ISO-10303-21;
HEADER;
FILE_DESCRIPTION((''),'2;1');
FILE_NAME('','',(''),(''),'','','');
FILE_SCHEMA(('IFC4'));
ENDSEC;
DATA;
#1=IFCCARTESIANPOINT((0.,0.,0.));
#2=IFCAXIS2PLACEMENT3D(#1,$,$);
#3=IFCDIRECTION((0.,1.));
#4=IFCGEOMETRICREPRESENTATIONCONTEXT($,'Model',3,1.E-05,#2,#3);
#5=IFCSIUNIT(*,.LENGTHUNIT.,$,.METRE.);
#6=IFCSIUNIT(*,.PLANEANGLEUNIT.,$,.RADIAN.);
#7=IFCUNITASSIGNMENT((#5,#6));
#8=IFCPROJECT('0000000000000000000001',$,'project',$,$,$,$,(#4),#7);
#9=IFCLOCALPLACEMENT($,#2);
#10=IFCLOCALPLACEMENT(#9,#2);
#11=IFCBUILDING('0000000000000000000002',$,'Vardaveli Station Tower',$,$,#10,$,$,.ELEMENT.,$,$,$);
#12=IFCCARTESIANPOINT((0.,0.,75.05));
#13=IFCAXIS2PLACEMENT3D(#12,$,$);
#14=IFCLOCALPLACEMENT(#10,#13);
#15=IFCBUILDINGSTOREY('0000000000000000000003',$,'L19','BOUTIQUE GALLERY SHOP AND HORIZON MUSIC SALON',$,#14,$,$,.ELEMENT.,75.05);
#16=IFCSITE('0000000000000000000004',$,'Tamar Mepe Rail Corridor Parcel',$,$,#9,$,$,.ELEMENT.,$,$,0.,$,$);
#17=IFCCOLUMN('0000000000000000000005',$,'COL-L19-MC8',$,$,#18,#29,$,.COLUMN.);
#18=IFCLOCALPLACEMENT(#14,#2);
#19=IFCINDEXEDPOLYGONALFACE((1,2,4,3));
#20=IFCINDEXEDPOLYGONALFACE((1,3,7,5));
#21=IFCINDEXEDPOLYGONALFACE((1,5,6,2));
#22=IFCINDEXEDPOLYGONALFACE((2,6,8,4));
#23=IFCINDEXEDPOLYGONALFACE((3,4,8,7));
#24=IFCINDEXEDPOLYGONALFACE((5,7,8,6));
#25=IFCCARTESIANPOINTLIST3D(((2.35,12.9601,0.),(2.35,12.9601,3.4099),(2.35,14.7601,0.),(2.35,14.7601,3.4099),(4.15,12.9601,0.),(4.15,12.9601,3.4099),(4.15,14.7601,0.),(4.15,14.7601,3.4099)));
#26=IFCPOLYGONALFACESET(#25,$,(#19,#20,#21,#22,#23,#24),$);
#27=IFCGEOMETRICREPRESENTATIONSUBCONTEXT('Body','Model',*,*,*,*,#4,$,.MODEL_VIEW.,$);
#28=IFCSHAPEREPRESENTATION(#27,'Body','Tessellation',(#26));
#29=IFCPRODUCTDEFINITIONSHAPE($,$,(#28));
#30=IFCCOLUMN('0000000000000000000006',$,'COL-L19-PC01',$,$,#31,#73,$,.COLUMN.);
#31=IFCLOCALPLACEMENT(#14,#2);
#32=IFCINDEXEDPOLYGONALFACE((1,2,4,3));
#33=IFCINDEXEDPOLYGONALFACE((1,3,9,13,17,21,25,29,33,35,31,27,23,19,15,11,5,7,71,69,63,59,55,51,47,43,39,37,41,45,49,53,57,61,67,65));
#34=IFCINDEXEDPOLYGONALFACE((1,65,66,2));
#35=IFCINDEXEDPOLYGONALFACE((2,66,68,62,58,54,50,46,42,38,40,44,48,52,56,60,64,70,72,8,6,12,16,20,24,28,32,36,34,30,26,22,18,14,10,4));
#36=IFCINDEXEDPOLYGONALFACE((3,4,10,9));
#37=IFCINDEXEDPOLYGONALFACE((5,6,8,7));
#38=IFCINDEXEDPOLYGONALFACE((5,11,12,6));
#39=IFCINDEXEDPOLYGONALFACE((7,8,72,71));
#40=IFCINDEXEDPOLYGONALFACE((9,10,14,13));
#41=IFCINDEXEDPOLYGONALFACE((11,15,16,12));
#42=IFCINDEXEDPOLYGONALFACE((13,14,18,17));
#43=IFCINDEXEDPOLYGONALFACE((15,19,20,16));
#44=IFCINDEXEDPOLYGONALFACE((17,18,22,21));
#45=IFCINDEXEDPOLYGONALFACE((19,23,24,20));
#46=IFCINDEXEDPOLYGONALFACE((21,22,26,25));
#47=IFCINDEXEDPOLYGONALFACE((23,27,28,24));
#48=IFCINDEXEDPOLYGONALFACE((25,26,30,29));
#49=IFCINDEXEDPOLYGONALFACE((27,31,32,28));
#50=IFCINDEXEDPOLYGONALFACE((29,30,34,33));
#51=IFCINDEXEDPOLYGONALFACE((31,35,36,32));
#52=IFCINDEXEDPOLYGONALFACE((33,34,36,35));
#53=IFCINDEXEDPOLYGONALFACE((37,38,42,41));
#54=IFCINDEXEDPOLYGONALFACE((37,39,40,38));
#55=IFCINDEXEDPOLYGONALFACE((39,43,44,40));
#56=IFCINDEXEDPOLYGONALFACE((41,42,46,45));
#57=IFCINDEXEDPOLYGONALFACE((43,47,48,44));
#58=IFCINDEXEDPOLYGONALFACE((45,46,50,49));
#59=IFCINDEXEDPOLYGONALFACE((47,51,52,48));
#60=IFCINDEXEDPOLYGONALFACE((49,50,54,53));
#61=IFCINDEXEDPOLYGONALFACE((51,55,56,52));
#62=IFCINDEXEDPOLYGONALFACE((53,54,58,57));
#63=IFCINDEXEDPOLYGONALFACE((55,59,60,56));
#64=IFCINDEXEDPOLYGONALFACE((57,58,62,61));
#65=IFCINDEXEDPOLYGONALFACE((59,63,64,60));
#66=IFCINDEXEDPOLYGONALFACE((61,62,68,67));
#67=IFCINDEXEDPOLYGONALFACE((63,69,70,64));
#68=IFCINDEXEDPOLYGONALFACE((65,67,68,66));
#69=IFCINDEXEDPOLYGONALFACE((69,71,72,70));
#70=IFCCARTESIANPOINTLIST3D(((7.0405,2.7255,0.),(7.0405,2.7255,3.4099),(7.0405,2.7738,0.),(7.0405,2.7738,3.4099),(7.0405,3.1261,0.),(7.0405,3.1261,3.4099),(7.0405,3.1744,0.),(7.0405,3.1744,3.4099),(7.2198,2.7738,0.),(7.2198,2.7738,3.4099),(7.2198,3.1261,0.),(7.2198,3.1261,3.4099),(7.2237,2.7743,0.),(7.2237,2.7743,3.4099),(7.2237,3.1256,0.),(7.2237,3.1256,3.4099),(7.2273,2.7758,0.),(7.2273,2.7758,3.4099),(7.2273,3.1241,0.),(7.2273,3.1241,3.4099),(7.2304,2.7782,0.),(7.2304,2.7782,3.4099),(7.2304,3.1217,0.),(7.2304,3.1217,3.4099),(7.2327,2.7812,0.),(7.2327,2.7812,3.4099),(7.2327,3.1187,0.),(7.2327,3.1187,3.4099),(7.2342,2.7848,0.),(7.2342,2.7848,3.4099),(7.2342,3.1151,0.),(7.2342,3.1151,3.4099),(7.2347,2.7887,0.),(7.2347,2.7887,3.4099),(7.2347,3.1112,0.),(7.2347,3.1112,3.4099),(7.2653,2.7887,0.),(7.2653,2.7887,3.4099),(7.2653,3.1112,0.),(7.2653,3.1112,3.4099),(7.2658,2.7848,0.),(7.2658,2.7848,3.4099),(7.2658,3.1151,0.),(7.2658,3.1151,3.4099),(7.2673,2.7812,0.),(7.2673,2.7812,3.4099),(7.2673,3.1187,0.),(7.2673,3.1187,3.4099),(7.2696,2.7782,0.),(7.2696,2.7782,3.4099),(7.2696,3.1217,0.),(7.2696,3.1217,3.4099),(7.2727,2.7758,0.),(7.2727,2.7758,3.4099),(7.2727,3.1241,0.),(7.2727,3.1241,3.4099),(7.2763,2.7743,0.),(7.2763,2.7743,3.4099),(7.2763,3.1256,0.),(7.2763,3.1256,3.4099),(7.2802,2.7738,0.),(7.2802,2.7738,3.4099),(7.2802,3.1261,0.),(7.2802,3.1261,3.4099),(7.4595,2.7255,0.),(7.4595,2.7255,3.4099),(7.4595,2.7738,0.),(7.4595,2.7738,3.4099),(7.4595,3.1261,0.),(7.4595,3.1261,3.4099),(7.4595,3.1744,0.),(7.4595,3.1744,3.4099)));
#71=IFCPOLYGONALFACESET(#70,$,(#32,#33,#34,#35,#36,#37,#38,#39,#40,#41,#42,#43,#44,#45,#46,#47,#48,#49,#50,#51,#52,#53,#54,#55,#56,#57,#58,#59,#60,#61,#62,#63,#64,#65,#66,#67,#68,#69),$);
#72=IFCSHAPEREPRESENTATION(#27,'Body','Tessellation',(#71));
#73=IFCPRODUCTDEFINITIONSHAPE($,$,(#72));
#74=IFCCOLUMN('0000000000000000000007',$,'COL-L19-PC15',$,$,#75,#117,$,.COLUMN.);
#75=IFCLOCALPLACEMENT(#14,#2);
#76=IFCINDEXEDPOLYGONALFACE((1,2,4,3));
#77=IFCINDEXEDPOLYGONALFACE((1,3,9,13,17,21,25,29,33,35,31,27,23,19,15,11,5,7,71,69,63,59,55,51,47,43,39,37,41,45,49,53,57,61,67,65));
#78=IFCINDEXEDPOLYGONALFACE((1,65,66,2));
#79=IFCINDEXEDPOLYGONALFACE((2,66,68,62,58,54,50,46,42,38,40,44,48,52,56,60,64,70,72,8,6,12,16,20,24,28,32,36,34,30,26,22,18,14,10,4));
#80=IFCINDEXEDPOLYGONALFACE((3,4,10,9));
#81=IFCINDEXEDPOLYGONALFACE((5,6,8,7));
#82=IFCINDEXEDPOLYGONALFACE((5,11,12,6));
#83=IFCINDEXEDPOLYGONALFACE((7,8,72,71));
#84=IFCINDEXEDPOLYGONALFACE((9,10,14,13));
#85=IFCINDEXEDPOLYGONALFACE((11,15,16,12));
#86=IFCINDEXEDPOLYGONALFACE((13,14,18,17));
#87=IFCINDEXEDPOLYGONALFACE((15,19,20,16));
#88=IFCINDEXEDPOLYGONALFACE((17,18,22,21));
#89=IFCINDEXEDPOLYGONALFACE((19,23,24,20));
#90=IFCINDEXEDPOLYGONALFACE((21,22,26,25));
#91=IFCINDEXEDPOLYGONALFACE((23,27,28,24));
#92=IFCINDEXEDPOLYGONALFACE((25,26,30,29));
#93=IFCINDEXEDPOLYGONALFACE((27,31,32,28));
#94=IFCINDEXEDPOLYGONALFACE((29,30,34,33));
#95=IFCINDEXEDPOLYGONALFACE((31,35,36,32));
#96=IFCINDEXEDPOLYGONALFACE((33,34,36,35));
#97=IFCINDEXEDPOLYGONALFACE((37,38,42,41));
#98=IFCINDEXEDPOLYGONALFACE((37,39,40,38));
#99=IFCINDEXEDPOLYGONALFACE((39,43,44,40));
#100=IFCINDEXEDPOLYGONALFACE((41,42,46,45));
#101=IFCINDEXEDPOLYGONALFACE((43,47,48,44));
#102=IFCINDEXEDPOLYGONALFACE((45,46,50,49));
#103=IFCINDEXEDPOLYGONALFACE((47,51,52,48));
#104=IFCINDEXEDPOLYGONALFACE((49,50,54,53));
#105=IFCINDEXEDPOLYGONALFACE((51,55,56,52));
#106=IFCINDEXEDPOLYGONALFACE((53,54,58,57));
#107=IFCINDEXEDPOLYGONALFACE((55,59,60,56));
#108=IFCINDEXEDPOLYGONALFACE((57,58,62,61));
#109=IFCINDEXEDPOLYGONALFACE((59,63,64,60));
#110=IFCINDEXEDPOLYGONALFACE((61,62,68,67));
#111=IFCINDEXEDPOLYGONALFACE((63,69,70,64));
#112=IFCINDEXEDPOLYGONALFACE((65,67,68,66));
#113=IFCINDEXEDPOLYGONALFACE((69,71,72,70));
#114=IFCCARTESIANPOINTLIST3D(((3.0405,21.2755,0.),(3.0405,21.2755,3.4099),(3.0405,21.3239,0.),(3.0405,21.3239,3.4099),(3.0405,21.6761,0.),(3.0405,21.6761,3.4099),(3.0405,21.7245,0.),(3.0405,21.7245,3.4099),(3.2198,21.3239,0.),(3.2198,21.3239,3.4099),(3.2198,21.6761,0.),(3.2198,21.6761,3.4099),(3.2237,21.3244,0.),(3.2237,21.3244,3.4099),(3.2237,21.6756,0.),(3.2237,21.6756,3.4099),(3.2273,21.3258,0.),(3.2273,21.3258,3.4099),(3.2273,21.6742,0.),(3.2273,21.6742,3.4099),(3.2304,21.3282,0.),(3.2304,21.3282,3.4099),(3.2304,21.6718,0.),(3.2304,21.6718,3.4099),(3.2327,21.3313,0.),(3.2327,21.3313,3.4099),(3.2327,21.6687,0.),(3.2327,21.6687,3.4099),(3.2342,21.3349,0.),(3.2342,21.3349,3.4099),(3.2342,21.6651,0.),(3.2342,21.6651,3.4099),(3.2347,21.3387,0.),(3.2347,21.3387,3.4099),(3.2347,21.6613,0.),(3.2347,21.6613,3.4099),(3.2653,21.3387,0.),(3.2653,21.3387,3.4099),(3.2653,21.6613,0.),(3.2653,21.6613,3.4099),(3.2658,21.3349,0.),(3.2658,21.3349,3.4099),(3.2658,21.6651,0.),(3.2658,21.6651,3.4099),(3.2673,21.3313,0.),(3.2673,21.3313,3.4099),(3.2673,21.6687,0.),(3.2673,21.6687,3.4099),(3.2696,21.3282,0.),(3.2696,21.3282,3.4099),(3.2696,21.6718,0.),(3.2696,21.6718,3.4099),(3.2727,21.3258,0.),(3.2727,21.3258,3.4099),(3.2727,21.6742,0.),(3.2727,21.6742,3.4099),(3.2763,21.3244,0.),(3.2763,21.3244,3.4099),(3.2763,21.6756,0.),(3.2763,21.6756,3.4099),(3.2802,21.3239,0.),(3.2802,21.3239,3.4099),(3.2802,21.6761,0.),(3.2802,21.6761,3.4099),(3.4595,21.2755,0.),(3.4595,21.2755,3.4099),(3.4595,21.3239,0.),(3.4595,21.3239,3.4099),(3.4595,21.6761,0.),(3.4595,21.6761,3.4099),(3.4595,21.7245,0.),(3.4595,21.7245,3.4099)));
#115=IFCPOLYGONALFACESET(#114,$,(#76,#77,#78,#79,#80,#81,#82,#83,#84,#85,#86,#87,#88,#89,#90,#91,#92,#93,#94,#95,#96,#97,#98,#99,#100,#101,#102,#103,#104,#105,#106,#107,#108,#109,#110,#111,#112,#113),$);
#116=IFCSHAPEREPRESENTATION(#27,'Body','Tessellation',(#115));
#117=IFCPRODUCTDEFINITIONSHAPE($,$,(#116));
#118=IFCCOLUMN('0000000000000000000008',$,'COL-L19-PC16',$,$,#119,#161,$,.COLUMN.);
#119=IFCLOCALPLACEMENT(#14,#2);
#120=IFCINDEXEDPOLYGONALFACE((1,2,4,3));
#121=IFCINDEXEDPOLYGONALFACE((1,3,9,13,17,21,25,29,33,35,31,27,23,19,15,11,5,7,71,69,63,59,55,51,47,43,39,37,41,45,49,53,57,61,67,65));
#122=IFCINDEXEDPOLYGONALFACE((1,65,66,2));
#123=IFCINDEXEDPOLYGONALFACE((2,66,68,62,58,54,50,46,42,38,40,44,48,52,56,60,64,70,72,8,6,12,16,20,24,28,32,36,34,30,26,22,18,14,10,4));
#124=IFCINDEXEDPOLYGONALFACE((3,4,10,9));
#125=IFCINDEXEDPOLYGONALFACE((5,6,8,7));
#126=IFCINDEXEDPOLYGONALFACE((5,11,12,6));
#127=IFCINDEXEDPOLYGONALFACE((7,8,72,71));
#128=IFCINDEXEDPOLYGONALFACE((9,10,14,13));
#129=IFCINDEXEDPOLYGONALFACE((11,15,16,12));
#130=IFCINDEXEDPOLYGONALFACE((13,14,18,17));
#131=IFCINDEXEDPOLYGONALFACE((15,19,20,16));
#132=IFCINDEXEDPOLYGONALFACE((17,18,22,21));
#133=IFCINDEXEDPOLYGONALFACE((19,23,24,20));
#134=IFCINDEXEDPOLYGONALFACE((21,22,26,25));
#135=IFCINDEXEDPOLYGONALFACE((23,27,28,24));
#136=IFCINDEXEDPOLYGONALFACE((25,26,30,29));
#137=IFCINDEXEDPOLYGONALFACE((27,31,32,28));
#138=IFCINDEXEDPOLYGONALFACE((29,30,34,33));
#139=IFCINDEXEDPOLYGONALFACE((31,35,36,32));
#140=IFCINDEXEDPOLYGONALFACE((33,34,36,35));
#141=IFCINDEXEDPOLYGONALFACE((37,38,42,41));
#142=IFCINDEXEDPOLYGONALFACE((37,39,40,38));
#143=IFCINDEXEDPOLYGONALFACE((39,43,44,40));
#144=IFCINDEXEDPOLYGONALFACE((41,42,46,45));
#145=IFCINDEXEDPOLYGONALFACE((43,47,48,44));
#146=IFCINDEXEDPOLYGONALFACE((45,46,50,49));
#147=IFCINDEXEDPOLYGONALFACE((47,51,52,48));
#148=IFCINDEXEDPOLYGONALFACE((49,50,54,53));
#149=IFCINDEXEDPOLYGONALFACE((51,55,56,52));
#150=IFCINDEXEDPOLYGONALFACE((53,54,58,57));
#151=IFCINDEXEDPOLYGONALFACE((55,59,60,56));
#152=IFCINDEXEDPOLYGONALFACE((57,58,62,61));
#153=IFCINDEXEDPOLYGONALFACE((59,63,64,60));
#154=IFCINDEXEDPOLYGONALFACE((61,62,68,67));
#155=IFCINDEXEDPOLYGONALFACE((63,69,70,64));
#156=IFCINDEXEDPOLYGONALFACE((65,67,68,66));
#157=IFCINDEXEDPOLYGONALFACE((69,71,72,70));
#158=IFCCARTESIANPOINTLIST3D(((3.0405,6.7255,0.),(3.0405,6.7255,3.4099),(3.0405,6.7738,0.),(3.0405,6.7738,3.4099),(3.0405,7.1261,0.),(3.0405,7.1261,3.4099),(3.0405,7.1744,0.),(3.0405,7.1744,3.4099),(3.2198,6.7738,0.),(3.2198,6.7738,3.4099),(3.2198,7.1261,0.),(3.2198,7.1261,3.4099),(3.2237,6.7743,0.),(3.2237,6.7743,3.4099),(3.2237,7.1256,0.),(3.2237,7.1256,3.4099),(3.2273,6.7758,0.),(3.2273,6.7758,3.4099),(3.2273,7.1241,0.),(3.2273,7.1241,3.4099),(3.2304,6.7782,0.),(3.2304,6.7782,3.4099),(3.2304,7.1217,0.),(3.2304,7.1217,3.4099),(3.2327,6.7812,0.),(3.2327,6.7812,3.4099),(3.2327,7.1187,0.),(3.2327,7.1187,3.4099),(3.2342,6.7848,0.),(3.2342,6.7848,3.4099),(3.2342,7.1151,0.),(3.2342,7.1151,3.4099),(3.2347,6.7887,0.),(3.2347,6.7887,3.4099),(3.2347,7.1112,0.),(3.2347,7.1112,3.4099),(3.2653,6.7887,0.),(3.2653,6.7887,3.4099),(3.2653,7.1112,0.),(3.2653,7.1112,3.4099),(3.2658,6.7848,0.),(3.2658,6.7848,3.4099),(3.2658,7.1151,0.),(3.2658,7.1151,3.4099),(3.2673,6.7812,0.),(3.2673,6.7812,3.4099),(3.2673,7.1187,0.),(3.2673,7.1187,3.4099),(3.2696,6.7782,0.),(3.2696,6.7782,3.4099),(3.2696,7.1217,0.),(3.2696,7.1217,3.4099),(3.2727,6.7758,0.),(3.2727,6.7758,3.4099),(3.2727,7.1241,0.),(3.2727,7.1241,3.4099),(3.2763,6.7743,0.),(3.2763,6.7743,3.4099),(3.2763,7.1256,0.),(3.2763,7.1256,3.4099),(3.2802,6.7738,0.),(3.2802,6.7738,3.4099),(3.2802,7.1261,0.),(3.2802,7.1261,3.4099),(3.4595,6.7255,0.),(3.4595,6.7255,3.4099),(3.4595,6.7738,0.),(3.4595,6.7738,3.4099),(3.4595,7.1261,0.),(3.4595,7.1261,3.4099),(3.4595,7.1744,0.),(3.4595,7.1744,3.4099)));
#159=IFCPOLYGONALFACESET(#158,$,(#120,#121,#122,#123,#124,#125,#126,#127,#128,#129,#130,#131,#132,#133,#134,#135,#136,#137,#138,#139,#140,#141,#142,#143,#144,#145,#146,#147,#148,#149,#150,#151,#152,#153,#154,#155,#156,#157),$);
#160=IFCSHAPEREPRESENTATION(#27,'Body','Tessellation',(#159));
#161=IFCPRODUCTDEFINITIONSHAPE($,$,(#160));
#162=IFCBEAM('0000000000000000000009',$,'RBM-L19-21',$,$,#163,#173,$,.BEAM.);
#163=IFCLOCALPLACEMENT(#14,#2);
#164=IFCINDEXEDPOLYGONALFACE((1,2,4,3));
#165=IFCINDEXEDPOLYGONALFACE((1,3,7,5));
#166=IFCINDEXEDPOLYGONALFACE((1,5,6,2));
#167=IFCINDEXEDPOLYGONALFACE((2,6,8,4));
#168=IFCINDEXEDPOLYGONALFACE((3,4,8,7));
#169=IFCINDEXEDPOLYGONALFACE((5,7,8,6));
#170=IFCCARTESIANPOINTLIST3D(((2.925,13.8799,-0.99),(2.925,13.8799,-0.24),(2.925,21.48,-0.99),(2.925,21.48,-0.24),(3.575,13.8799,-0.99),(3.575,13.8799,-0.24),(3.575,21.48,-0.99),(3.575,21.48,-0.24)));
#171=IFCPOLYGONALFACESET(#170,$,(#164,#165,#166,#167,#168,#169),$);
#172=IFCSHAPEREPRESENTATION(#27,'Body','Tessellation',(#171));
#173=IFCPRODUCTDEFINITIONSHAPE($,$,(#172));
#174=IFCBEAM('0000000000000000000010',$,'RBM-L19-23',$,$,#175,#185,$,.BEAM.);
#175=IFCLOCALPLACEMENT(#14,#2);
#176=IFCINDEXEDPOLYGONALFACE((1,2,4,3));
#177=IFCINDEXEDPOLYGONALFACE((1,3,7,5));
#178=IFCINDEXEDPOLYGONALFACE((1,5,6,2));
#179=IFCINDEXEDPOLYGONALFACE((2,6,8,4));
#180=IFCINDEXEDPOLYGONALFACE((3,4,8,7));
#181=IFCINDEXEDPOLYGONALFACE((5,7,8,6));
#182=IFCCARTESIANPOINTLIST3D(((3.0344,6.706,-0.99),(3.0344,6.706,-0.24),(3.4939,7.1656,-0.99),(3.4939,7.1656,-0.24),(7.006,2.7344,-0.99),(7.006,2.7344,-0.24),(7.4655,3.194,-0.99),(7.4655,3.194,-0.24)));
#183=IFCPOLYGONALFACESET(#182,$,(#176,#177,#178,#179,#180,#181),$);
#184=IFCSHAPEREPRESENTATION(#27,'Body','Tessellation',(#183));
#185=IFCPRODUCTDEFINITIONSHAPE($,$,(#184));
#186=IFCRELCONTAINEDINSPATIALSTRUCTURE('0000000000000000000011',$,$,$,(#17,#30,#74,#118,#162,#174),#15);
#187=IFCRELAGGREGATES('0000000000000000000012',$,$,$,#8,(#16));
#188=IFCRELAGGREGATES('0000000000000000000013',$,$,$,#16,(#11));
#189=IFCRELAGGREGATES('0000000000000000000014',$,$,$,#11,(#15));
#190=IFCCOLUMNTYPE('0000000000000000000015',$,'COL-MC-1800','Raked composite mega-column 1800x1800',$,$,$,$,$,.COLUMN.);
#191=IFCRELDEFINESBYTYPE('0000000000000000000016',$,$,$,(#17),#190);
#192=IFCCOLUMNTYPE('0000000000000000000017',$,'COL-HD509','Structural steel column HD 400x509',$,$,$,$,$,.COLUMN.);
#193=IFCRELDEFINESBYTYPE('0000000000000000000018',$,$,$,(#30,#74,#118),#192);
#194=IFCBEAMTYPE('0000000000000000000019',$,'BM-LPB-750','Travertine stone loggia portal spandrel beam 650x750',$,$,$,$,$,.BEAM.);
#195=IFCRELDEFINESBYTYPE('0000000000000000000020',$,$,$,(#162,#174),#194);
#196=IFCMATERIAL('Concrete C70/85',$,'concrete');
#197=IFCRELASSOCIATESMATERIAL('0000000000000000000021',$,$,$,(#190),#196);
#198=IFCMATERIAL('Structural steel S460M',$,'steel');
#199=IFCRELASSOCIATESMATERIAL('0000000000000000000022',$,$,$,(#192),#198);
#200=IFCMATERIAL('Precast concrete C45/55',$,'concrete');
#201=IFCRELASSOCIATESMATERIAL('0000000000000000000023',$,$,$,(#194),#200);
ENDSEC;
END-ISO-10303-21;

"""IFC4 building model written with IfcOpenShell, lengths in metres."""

from ifc_helpers import new_model, si_unit, direction, frame, origin, origin_2d, place, context, subcontext, project, spatial, rectangle, i_section, extrude, source, transform, mapped, material, material_profile, profile_set, type_object, element, save


model = new_model("IFC4")

# Units and contexts
model_context = context("Model", 3, precision=1e-05, world=origin(), true_north=direction((0.0, 1.0)))
body_context = subcontext(model_context, "Body", "Model", "MODEL_VIEW")
ifc_project = project(units=[si_unit("LENGTHUNIT", "METRE"), si_unit("PLANEANGLEUNIT", "RADIAN")], contexts=[model_context])

# Site, building, storey
site_placement = place(None, origin())
site = spatial("IfcSite", under=ifc_project, at=site_placement, Name="Tamar Mepe Rail Corridor Parcel", CompositionType="ELEMENT", RefElevation=0.0)
building_placement = place(site_placement, origin())
building = spatial("IfcBuilding", under=site, at=building_placement, Name="Vardaveli Station Tower", CompositionType="ELEMENT")
storey_placement = place(building_placement, frame((0.0, 0.0, 75.05)))
storey = spatial("IfcBuildingStorey", under=building, at=storey_placement, Name="L19", Description="BOUTIQUE GALLERY SHOP AND HORIZON MUSIC SALON", CompositionType="ELEMENT", Elevation=75.05)

# Columns
ifc_material_1 = material(Name="Concrete C70/85", Category="concrete")
ifc_material_profile_1 = material_profile(ifc_material_1, rectangle(XDim=1.8, YDim=1.8, at=origin_2d()), Name="MC 1800x1800")
ifc_profile_set_1 = profile_set([ifc_material_profile_1], Name="Concrete C70/85")
column_type_1 = type_object("IfcColumnType", Name="COL-MC-1800", Description="Raked composite mega-column 1800x1800", PredefinedType="COLUMN", material=ifc_profile_set_1)
shared_shape_1 = source(origin(), body_context, "Body", "SweptSolid", [
    extrude(rectangle(XDim=1.8, YDim=1.8, at=origin_2d()), origin(), (0.0, 0.0, 1.0), 3.4099),
])
column_placement = place(storey_placement, frame((3.25, 13.8601, 0.0), z_axis=(0.0, 0.0, 1.0), x_axis=(1.0, 0.0, 0.0)))
element("IfcColumn", 1, at=column_placement, inside=storey, type_object=column_type_1, Name="COL-L19-MC8", PredefinedType="COLUMN", context=body_context, shape_type="MappedRepresentation", body=[
    mapped(shared_shape_1, transform((0.0, 0.0, 0.0), scale=1.0)),
])
ifc_material_2 = material(Name="Structural steel S460M", Category="steel")
ifc_material_profile_2 = material_profile(ifc_material_2, i_section(OverallWidth=0.4189, OverallDepth=0.449, WebThickness=0.0305, FlangeThickness=0.0483, FilletRadius=0.0149, at=origin_2d()), Name="HD 400x509")
ifc_profile_set_2 = profile_set([ifc_material_profile_2], Name="Structural steel S460M")
column_type_2 = type_object("IfcColumnType", Name="COL-HD509", Description="Structural steel column HD 400x509", PredefinedType="COLUMN", material=ifc_profile_set_2)
shared_shape_2 = source(origin(), body_context, "Body", "SweptSolid", [
    extrude(i_section(OverallWidth=0.4189, OverallDepth=0.449, WebThickness=0.0305, FlangeThickness=0.0483, FilletRadius=0.0149, at=origin_2d()), origin(), (0.0, 0.0, 1.0), 3.4099),
])
for number, where, z_axis, x_axis, name in (
    (2, (7.25, 2.95, 0.0), (0.0, 0.0, 1.0), (1.0, 0.0, 0.0), "COL-L19-PC01"),
    (3, (3.25, 21.5, 0.0), (0.0, 0.0, 1.0), (1.0, 0.0, 0.0), "COL-L19-PC15"),
    (4, (3.25, 6.95, 0.0), (0.0, 0.0, 1.0), (1.0, 0.0, 0.0), "COL-L19-PC16"),
):
    element("IfcColumn", number, at=place(storey_placement, frame(where, z_axis=z_axis, x_axis=x_axis)), inside=storey, type_object=column_type_2, Name=name, PredefinedType="COLUMN", context=body_context, shape_type="MappedRepresentation", body=[
        mapped(shared_shape_2, transform((0.0, 0.0, 0.0), scale=1.0)),
    ])

# Beams
ifc_material_3 = material(Name="Precast concrete C45/55", Category="concrete")
ifc_material_profile_3 = material_profile(ifc_material_3, rectangle(XDim=0.6499, YDim=0.75, at=origin_2d()), Name="LPB 650x750")
ifc_profile_set_3 = profile_set([ifc_material_profile_3], Name="Precast concrete C45/55")
beam_type_1 = type_object("IfcBeamType", Name="BM-LPB-750", Description="Travertine stone loggia portal spandrel beam 650x750", PredefinedType="BEAM", material=ifc_profile_set_3)
shared_shape_3 = source(origin(), body_context, "Body", "SweptSolid", [
    extrude(rectangle(XDim=0.6499, YDim=0.75, at=origin_2d()), origin(), (0.0, 0.0, 1.0), 7.6001),
])
beam_1_placement = place(storey_placement, frame((3.25, 21.48, -0.615), z_axis=(0.0, -1.0, 0.0), x_axis=(1.0, 0.0, 0.0)))
element("IfcBeam", 5, at=beam_1_placement, inside=storey, type_object=beam_type_1, Name="RBM-L19-21", PredefinedType="BEAM", context=body_context, shape_type="MappedRepresentation", body=[
    mapped(shared_shape_3, transform((0.0, 0.0, 0.0), scale=1.0)),
])
shared_shape_4 = source(origin(), body_context, "Body", "SweptSolid", [
    extrude(rectangle(XDim=0.6499, YDim=0.75, at=origin_2d()), origin(), (0.0, 0.0, 1.0), 5.6167),
])
beam_2_placement = place(storey_placement, frame((3.2642, 6.9358, -0.615), z_axis=(0.707107, -0.707107, 0.0), x_axis=(0.707107, 0.707107, 0.0)))
element("IfcBeam", 6, at=beam_2_placement, inside=storey, type_object=beam_type_1, Name="RBM-L19-23", PredefinedType="BEAM", context=body_context, shape_type="MappedRepresentation", body=[
    mapped(shared_shape_4, transform((0.0, 0.0, 0.0), scale=1.0)),
])

save(model, "model.ifc")
